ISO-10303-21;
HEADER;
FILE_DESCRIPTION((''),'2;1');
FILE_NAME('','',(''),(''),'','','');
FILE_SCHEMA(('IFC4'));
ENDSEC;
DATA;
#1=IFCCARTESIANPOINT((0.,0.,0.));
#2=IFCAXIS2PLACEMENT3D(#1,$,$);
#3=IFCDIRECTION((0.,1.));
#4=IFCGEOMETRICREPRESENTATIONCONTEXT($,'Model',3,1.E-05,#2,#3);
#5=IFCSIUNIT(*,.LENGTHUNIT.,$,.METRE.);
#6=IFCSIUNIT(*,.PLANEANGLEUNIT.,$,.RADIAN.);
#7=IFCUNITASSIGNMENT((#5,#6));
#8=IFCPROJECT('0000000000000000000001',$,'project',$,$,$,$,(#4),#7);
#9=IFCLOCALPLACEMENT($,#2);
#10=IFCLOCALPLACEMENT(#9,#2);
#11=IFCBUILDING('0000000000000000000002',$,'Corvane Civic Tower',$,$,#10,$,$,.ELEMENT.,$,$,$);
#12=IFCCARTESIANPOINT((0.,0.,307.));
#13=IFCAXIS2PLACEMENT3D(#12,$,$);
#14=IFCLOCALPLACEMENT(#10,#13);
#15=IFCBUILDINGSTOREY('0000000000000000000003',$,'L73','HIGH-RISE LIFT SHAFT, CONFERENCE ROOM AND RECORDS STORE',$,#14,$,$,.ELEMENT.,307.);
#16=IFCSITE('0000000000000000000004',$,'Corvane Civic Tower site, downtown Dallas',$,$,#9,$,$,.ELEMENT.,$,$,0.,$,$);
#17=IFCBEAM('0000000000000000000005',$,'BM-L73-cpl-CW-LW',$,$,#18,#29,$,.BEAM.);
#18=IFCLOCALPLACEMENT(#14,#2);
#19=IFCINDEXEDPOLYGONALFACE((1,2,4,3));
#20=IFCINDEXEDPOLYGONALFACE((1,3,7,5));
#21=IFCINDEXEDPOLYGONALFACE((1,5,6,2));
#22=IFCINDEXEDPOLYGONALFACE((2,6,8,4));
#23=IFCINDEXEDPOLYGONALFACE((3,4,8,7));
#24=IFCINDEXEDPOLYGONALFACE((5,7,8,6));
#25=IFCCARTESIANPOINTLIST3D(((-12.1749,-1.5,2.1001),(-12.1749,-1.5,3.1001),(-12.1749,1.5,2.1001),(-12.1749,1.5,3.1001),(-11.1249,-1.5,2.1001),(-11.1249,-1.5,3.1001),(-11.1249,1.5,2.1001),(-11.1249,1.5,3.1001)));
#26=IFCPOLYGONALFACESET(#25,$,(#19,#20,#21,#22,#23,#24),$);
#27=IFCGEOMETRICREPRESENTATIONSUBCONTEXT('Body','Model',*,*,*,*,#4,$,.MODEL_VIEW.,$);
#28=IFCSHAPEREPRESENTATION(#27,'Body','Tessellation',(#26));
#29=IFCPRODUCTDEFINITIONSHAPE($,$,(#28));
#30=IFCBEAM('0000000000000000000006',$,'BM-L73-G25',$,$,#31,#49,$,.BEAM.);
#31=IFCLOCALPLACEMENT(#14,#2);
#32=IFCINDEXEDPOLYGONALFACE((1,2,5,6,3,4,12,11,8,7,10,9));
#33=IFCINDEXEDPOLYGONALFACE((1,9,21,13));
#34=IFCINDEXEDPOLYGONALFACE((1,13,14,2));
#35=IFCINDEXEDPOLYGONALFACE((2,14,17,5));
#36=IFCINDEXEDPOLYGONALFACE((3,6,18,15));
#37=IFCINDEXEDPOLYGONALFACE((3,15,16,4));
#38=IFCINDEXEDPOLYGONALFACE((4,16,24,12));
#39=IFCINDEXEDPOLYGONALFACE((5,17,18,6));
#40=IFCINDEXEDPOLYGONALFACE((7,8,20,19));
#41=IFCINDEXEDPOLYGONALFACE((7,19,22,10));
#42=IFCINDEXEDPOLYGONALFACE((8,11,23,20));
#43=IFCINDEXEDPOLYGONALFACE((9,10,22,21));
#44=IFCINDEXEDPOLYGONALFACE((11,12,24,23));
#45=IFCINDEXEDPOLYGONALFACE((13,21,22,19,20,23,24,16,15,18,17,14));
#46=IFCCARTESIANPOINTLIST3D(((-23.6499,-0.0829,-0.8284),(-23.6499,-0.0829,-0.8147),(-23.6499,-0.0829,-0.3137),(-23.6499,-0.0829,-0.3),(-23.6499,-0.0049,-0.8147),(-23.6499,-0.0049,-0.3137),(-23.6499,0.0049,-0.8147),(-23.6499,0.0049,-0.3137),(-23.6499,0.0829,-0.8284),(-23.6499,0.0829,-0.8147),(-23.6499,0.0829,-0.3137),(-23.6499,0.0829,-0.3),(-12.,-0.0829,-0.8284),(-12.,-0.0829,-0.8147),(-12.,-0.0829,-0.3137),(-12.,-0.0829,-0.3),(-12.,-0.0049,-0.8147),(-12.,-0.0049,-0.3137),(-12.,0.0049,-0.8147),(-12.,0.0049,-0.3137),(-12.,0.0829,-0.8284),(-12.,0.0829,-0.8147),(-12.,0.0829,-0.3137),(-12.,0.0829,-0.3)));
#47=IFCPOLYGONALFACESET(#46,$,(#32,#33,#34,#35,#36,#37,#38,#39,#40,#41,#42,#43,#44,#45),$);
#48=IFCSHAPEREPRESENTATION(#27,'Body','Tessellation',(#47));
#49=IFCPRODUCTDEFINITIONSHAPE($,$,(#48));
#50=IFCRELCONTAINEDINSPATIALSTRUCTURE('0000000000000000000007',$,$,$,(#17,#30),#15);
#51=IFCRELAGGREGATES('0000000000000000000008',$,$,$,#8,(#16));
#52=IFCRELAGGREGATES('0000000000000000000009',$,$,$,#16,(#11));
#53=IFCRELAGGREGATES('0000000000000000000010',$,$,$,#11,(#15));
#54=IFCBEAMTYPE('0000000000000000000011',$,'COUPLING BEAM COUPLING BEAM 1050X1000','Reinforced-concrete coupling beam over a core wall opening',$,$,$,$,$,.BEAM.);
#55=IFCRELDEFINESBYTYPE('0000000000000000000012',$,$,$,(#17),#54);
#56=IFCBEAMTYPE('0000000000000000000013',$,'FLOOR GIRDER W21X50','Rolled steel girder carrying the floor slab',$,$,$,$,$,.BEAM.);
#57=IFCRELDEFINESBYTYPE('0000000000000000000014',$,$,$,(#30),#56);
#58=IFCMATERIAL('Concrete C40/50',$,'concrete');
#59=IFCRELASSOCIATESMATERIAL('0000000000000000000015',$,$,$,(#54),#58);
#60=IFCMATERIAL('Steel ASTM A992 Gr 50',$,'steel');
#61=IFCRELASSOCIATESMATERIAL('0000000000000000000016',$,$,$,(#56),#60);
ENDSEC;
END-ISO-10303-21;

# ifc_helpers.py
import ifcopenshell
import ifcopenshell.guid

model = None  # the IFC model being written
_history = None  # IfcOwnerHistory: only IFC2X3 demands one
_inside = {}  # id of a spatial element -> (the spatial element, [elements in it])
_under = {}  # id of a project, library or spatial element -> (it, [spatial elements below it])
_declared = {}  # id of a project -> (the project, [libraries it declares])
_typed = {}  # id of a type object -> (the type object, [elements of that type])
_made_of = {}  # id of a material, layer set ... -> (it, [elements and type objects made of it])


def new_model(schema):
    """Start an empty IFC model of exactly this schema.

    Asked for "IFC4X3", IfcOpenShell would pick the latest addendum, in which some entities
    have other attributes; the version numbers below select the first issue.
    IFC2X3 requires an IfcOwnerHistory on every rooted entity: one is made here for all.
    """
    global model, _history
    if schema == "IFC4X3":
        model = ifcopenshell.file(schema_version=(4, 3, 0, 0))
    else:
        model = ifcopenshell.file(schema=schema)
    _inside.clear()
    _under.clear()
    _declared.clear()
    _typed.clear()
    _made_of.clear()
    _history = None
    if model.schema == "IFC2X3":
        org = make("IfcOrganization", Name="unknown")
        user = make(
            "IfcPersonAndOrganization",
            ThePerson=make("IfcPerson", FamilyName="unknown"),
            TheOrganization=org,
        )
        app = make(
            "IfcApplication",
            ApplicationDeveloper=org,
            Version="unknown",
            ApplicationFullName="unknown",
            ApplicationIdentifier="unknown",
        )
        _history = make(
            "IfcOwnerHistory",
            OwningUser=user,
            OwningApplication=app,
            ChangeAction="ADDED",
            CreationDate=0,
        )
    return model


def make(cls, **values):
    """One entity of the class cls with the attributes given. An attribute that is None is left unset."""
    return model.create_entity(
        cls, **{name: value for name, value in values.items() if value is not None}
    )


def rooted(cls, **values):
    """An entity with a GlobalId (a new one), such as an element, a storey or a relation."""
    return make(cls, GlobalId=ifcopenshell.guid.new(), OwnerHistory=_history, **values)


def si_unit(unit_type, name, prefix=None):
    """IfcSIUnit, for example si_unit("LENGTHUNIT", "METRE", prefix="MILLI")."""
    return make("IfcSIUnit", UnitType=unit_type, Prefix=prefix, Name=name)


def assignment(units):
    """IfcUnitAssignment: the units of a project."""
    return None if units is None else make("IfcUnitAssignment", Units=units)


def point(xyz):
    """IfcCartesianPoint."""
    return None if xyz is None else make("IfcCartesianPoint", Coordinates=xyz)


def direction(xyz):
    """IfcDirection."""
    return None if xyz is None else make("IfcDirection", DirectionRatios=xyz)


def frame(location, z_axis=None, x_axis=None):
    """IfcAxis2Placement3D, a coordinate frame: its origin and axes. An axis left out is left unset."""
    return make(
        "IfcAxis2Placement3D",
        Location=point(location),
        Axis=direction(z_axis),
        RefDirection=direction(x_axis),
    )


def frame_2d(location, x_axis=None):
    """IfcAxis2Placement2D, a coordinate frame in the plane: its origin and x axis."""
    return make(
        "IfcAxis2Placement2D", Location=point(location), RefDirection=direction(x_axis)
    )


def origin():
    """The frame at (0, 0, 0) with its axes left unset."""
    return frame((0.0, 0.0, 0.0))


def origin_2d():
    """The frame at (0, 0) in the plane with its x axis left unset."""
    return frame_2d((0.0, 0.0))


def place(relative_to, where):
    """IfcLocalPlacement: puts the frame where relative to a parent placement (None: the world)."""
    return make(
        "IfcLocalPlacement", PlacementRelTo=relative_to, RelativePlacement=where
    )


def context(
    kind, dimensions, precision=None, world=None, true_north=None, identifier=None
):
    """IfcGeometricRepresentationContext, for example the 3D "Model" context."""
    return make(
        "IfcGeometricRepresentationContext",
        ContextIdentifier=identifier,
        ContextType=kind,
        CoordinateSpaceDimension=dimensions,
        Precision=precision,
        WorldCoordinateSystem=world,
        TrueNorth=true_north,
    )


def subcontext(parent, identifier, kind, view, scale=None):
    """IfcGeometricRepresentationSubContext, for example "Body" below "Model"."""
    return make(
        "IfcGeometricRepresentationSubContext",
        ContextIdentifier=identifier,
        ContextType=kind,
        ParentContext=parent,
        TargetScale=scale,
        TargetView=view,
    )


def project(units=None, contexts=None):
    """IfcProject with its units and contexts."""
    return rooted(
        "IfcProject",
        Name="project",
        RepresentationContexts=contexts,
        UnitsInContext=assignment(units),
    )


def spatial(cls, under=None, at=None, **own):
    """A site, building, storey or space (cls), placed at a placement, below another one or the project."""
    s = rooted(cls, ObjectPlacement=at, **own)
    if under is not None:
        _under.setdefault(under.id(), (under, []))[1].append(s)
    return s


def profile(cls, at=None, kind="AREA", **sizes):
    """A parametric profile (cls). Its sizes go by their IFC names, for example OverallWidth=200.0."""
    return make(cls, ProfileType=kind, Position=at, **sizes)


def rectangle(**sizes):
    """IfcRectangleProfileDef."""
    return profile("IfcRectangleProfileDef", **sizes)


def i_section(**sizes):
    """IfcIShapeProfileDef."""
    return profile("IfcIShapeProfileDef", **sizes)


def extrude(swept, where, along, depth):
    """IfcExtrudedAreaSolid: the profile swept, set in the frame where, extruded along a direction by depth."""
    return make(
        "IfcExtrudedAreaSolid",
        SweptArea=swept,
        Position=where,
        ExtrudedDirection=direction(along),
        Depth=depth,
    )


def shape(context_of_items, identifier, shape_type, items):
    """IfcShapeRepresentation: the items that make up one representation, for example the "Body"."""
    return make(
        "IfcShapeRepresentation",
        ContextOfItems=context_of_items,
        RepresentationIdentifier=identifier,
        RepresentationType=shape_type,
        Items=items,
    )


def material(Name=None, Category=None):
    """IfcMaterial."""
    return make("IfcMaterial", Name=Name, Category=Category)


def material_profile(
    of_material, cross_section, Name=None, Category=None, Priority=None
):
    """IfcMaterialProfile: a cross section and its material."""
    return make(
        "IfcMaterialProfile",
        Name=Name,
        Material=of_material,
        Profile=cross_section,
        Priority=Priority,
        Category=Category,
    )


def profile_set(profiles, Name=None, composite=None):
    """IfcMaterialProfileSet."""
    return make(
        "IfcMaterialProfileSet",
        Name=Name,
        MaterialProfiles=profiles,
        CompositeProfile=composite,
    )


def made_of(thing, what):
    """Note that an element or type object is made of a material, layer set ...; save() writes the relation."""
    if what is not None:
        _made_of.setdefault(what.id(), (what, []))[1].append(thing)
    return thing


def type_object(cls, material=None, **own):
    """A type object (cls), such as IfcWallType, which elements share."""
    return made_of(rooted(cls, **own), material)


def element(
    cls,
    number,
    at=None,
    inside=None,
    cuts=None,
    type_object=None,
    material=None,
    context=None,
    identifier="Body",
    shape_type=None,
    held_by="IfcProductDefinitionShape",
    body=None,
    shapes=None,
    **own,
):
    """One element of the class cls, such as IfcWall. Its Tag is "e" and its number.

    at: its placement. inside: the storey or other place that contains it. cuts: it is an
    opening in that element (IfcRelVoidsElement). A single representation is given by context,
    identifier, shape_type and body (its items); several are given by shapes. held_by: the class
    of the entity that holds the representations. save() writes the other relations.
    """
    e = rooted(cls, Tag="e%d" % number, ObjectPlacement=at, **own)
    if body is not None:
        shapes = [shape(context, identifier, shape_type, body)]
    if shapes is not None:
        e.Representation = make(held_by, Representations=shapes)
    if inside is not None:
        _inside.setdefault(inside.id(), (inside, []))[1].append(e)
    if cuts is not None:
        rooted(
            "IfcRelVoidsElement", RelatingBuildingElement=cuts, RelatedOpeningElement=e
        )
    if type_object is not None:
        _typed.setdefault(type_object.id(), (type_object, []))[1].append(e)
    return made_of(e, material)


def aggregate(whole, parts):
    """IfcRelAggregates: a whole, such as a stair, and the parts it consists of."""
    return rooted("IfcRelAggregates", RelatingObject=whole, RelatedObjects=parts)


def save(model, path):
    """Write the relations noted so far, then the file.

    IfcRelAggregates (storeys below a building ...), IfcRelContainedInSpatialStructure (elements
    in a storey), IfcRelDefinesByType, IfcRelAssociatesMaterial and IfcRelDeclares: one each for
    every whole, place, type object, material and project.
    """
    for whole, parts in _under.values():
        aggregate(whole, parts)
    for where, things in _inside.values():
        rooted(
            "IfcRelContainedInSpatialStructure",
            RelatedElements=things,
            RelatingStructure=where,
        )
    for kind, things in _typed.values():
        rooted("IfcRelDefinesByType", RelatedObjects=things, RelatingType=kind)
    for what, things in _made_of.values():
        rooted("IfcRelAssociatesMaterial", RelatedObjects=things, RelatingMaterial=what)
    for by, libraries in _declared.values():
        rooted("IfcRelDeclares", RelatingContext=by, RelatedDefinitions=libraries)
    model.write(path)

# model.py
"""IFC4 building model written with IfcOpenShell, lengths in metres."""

from ifc_helpers import new_model, si_unit, direction, frame, origin, origin_2d, place, context, subcontext, project, spatial, rectangle, i_section, extrude, material, material_profile, profile_set, type_object, element, save


model = new_model("IFC4")

# Units and contexts
model_context = context("Model", 3, precision=1e-05, world=origin(), true_north=direction((0.0, 1.0)))
body_context = subcontext(model_context, "Body", "Model", "MODEL_VIEW")
ifc_project = project(units=[si_unit("LENGTHUNIT", "METRE"), si_unit("PLANEANGLEUNIT", "RADIAN")], contexts=[model_context])

# Site, building, storey
site_placement = place(None, origin())
site = spatial("IfcSite", under=ifc_project, at=site_placement, Name="Corvane Civic Tower site, downtown Dallas", CompositionType="ELEMENT", RefElevation=0.0)
building_placement = place(site_placement, origin())
building = spatial("IfcBuilding", under=site, at=building_placement, Name="Corvane Civic Tower", CompositionType="ELEMENT")
storey_placement = place(building_placement, frame((0.0, 0.0, 307.0)))
storey = spatial("IfcBuildingStorey", under=building, at=storey_placement, Name="L73", Description="HIGH-RISE LIFT SHAFT, CONFERENCE ROOM AND RECORDS STORE", CompositionType="ELEMENT", Elevation=307.0)

# Beams
ifc_material_1 = material(Name="Concrete C40/50", Category="concrete")
ifc_material_profile_1 = material_profile(ifc_material_1, rectangle(XDim=1.05, YDim=1.0, at=origin_2d()), Name="COUPLING BEAM 1050X1000")
ifc_profile_set_1 = profile_set([ifc_material_profile_1], Name="Concrete C40/50")
beam_type_1 = type_object("IfcBeamType", Name="COUPLING BEAM COUPLING BEAM 1050X1000", Description="Reinforced-concrete coupling beam over a core wall opening", PredefinedType="BEAM", material=ifc_profile_set_1)
beam_1_placement = place(storey_placement, frame((-11.6499, -1.5, 2.6001), z_axis=(0.0, 1.0, 0.0), x_axis=(-1.0, 0.0, 0.0)))
element("IfcBeam", 1, at=beam_1_placement, inside=storey, type_object=beam_type_1, Name="BM-L73-cpl-CW-LW", PredefinedType="BEAM", context=body_context, shape_type="SweptSolid", body=[
    extrude(rectangle(XDim=1.05, YDim=1.0, at=origin_2d()), origin(), (0.0, 0.0, 1.0), 3.0),
])
ifc_material_2 = material(Name="Steel ASTM A992 Gr 50", Category="steel")
ifc_material_profile_2 = material_profile(ifc_material_2, i_section(OverallWidth=0.1658, OverallDepth=0.5283, WebThickness=0.0098, FlangeThickness=0.0137, at=origin_2d()), Name="W21X50")
ifc_profile_set_2 = profile_set([ifc_material_profile_2], Name="Steel ASTM A992 Gr 50")
beam_type_2 = type_object("IfcBeamType", Name="FLOOR GIRDER W21X50", Description="Rolled steel girder carrying the floor slab", PredefinedType="BEAM", material=ifc_profile_set_2)
beam_2_placement = place(storey_placement, frame((-12.0, 0.0, -0.5642), z_axis=(-1.0, 0.0, 0.0), x_axis=(0.0, -1.0, 0.0)))
element("IfcBeam", 2, at=beam_2_placement, inside=storey, type_object=beam_type_2, Name="BM-L73-G25", PredefinedType="BEAM", context=body_context, shape_type="SweptSolid", body=[
    extrude(i_section(OverallWidth=0.1658, OverallDepth=0.5283, WebThickness=0.0098, FlangeThickness=0.0137, at=origin_2d()), origin(), (0.0, 0.0, 1.0), 11.6499),
])

save(model, "model.ifc")
